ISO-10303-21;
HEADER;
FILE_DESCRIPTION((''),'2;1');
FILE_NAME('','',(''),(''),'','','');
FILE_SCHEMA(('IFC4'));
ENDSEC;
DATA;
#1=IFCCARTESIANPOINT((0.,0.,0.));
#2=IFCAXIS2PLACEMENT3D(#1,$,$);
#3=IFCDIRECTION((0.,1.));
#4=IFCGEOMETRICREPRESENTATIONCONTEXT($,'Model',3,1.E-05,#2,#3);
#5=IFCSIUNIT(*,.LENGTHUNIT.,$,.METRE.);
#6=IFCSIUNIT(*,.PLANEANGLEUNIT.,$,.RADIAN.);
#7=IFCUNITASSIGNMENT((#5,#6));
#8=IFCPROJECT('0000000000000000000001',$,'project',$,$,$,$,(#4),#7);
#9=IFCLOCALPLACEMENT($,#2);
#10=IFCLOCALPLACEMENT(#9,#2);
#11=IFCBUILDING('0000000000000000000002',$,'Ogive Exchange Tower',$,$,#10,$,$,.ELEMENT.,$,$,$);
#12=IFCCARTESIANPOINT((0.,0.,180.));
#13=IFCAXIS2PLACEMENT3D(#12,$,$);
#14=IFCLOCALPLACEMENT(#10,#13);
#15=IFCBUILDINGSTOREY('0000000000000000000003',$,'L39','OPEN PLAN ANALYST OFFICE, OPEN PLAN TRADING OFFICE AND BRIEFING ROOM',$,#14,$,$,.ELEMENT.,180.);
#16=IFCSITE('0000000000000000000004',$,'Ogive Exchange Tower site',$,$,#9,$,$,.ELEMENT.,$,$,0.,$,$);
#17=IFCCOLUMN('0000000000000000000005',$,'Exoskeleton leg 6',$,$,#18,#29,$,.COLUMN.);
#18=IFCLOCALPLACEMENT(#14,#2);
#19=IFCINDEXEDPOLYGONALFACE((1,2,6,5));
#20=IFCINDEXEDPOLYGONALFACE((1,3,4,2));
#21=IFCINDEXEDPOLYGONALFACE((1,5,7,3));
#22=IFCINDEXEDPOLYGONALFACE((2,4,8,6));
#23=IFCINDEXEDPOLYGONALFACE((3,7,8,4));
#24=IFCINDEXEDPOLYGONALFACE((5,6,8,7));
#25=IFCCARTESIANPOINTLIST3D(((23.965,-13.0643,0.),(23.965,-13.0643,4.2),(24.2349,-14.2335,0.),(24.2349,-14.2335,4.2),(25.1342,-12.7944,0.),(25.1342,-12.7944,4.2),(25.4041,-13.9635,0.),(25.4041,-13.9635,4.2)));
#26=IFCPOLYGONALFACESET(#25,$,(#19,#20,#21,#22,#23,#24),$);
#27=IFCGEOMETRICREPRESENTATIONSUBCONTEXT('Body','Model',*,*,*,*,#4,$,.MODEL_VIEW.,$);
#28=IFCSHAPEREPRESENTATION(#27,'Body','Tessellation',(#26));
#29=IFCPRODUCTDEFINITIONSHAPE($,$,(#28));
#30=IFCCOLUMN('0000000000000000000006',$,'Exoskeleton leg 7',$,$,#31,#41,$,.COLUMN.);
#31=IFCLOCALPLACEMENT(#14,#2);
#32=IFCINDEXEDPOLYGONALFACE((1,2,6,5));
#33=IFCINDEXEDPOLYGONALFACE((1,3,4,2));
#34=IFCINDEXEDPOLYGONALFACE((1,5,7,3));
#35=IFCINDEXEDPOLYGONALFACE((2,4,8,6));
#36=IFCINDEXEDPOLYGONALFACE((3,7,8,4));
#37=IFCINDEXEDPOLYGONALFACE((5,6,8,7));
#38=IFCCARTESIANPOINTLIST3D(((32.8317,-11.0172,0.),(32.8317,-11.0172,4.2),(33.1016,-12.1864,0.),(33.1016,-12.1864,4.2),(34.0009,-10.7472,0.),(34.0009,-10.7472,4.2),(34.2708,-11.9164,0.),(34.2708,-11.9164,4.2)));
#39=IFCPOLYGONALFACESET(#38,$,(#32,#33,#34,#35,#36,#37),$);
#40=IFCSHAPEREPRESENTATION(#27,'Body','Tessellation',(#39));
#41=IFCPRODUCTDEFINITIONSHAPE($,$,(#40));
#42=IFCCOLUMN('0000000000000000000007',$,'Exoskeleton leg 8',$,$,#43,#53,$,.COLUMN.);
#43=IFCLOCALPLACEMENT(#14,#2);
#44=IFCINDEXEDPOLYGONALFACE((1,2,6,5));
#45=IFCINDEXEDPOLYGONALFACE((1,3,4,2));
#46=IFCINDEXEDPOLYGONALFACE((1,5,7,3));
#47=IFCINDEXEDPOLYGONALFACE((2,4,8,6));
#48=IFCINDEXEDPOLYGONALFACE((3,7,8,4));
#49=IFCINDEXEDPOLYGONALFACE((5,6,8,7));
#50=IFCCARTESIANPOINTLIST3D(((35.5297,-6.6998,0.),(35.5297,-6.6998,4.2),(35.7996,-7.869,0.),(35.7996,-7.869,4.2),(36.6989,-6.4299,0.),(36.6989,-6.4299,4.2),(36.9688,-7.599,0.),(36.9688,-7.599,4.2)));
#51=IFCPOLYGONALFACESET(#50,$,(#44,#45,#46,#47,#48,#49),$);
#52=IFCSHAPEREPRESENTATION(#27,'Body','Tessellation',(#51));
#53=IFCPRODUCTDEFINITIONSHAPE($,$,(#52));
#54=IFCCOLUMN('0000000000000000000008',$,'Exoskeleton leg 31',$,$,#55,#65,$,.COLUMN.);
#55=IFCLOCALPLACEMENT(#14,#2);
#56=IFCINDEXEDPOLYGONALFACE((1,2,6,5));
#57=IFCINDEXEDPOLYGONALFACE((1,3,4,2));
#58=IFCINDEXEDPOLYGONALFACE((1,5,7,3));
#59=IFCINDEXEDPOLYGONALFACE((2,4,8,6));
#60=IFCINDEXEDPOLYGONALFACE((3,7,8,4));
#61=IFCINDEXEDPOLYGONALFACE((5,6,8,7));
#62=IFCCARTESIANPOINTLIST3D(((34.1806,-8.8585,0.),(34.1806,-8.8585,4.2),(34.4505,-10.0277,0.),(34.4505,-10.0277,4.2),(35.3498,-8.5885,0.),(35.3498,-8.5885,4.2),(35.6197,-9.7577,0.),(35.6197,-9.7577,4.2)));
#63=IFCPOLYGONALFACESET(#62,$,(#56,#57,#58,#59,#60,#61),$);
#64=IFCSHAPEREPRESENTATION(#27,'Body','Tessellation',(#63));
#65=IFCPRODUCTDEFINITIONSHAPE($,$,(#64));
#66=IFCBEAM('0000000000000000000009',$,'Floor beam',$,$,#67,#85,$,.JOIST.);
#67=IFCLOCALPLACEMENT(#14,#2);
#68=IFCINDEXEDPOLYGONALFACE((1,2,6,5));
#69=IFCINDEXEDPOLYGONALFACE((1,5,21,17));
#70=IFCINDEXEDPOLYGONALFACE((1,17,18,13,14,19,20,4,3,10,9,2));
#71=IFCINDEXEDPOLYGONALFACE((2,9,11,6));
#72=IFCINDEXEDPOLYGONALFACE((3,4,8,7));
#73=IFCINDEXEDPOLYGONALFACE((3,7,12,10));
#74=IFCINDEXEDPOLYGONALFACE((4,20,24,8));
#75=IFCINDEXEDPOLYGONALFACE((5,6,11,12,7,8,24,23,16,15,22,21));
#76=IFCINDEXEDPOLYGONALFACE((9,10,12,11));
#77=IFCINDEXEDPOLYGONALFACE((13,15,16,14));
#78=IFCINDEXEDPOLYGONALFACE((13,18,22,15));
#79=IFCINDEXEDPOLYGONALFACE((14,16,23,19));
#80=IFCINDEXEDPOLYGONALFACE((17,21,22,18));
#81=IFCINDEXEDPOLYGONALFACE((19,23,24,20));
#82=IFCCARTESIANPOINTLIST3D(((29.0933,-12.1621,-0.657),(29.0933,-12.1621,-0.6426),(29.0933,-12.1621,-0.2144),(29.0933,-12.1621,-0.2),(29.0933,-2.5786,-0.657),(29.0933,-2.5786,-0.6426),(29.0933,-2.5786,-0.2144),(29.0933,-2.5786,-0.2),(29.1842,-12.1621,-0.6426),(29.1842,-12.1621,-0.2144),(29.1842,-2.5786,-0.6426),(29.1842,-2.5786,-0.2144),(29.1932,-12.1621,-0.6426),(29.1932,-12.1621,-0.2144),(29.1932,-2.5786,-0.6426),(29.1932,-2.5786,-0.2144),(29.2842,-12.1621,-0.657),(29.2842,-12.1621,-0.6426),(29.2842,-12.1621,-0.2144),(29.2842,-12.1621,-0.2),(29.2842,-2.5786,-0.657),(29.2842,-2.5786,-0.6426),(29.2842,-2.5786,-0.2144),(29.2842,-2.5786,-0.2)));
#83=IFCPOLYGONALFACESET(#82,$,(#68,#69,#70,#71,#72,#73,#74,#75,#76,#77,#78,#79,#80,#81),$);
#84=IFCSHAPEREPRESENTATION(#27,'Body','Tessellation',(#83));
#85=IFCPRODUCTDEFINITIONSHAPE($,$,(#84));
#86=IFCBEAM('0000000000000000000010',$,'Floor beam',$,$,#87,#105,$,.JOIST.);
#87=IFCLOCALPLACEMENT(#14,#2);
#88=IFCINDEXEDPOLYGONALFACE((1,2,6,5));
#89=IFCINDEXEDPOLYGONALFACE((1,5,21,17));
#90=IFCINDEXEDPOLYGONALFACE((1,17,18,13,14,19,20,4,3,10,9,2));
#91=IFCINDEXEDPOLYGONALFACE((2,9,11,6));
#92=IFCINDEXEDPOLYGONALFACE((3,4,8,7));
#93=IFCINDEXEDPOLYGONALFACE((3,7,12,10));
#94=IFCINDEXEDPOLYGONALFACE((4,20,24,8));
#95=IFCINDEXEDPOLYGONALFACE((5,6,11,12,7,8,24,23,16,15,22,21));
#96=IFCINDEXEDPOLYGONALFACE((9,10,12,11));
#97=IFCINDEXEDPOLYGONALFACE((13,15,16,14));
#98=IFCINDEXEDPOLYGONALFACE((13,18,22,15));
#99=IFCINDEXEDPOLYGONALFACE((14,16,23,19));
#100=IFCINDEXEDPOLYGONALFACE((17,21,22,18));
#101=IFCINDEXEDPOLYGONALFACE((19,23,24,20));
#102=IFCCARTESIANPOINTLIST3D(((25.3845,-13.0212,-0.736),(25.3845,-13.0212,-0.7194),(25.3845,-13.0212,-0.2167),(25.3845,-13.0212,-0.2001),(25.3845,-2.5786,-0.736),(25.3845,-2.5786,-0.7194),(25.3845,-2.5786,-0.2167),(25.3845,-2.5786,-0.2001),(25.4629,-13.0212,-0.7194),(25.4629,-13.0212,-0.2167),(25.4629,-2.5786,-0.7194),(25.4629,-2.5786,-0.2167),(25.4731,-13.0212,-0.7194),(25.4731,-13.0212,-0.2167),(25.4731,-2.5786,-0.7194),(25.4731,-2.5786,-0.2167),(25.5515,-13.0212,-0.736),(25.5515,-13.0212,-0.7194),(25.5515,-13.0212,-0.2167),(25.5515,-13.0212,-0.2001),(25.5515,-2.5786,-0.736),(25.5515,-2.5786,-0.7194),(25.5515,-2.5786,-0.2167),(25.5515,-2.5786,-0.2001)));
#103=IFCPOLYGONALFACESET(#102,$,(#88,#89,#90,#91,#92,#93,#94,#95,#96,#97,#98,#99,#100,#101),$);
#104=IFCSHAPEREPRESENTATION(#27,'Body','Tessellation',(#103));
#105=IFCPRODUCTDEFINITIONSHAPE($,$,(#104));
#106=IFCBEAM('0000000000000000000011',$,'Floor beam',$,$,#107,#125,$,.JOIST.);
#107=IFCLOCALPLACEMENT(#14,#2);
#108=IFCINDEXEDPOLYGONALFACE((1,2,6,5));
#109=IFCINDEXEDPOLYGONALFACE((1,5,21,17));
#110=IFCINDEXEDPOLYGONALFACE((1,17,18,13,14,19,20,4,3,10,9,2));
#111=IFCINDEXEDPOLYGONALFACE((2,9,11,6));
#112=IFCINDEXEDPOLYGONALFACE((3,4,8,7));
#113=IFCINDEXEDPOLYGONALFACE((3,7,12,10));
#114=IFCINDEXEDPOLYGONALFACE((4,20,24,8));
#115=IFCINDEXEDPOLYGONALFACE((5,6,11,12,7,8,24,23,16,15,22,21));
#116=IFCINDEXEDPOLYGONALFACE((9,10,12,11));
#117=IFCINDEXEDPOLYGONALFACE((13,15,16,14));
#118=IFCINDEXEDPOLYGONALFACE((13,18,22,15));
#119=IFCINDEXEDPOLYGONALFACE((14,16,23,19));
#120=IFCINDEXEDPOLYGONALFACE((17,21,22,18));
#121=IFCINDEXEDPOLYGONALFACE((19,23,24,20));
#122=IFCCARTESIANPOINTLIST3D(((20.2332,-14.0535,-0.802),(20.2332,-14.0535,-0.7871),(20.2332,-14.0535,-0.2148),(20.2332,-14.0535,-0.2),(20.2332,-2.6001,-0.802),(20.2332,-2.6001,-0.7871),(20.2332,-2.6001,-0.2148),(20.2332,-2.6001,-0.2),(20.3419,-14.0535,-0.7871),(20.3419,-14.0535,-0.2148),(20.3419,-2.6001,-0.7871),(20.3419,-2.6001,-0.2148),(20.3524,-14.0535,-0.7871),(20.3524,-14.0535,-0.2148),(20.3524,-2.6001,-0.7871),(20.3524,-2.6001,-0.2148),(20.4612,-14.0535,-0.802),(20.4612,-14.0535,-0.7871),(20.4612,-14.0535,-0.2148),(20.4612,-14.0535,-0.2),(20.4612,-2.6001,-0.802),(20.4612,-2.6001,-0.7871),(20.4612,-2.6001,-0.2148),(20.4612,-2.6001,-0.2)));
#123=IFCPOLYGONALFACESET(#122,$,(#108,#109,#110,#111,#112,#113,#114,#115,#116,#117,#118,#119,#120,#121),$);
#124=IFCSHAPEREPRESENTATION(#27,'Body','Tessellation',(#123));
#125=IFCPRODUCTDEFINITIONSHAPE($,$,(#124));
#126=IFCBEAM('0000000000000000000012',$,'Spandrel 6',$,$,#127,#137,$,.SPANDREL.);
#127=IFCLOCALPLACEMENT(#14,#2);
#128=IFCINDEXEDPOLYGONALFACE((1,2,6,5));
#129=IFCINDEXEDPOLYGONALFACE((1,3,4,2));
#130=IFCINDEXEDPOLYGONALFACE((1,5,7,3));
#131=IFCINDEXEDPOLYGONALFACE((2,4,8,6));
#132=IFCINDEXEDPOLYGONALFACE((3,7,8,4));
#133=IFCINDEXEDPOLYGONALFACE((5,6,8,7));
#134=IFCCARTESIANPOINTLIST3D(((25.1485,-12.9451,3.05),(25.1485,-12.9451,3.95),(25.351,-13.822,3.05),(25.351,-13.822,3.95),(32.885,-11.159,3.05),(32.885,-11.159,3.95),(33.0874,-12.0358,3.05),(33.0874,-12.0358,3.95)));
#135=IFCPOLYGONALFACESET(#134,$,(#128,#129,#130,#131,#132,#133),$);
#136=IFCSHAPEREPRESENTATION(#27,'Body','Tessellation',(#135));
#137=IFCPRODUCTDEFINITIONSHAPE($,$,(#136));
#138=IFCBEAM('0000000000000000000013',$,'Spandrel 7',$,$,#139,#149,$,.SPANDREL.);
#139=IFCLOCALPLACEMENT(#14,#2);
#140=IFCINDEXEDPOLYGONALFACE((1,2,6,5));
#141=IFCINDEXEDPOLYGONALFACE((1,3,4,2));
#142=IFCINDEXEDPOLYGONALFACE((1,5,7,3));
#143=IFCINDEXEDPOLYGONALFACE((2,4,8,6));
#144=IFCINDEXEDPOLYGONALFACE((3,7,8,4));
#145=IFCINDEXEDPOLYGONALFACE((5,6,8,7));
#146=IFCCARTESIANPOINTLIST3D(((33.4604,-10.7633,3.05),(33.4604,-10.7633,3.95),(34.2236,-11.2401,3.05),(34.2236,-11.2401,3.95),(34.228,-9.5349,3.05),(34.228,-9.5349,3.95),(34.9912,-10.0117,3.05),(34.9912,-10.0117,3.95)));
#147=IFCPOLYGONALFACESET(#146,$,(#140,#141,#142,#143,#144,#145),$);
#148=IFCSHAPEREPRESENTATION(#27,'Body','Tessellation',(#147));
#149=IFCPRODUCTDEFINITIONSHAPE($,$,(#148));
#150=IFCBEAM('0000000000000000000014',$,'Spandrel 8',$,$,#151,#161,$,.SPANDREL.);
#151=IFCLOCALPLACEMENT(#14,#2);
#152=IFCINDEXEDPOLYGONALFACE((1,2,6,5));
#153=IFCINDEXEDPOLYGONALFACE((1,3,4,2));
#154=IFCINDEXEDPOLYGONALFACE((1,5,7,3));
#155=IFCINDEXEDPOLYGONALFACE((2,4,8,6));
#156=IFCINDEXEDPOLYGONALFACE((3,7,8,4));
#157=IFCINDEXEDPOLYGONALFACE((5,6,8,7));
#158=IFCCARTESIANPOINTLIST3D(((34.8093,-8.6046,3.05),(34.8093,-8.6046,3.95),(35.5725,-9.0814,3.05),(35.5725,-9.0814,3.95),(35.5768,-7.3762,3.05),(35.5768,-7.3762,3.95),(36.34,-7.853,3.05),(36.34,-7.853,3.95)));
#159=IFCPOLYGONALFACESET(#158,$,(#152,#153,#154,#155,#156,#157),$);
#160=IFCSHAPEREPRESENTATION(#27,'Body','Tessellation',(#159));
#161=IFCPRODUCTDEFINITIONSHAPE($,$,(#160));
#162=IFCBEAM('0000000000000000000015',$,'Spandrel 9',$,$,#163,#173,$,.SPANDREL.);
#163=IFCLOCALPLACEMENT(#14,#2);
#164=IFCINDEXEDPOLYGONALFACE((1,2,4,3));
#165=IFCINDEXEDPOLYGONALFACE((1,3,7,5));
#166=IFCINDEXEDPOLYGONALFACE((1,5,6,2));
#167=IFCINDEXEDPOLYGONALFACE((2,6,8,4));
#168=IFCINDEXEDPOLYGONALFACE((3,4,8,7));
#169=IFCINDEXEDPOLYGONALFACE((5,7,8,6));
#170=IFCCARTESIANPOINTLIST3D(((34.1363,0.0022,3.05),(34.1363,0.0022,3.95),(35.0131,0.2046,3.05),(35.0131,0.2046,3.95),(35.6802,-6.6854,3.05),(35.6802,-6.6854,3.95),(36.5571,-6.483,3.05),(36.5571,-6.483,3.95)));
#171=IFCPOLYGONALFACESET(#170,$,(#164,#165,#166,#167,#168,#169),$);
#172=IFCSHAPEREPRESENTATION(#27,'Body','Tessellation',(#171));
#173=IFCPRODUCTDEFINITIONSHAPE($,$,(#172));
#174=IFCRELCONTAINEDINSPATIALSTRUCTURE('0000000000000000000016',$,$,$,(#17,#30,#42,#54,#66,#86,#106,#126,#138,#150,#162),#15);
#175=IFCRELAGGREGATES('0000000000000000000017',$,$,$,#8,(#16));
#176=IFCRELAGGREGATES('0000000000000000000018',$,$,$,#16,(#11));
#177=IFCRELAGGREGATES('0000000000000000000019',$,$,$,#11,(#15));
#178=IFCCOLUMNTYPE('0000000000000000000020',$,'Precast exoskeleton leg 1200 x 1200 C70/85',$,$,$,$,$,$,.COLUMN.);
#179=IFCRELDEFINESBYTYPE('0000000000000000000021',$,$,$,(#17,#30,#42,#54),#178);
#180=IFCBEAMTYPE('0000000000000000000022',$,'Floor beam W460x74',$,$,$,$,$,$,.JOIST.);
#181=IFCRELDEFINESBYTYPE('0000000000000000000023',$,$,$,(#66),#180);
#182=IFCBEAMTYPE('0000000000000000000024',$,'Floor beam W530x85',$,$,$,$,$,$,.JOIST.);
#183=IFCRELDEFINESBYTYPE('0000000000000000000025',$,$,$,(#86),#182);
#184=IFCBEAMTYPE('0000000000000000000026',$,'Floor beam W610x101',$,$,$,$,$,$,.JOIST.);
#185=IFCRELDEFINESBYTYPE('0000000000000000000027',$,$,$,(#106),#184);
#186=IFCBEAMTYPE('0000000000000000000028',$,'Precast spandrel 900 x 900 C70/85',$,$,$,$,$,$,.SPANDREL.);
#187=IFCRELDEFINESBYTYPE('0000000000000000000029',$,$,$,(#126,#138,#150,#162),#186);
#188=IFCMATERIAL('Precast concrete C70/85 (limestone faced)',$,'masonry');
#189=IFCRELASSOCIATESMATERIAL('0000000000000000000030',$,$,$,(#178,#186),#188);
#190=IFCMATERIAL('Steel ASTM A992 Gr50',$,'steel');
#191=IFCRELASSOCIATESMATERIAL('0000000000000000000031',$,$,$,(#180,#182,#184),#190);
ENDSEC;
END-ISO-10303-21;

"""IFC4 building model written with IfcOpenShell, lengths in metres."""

from ifc_helpers import new_model, si_unit, direction, frame, origin, origin_2d, place, context, subcontext, project, spatial, rectangle, i_section, extrude, material, material_profile, profile_set, type_object, element, save


model = new_model("IFC4")

# Units and contexts
model_context = context("Model", 3, precision=1e-05, world=origin(), true_north=direction((0.0, 1.0)))
body_context = subcontext(model_context, "Body", "Model", "MODEL_VIEW")
ifc_project = project(units=[si_unit("LENGTHUNIT", "METRE"), si_unit("PLANEANGLEUNIT", "RADIAN")], contexts=[model_context])

# Site, building, storey
site_placement = place(None, origin())
site = spatial("IfcSite", under=ifc_project, at=site_placement, Name="Ogive Exchange Tower site", CompositionType="ELEMENT", RefElevation=0.0)
building_placement = place(site_placement, origin())
building = spatial("IfcBuilding", under=site, at=building_placement, Name="Ogive Exchange Tower", CompositionType="ELEMENT")
storey_placement = place(building_placement, frame((0.0, 0.0, 180.0)))
storey = spatial("IfcBuildingStorey", under=building, at=storey_placement, Name="L39", Description="OPEN PLAN ANALYST OFFICE, OPEN PLAN TRADING OFFICE AND BRIEFING ROOM", CompositionType="ELEMENT", Elevation=180.0)

# Columns
ifc_material_1 = material(Name="Precast concrete C70/85 (limestone faced)", Category="masonry")
ifc_material_profile_1 = material_profile(ifc_material_1, rectangle(XDim=1.2, YDim=1.2, at=origin_2d()), Name="1200 x 1200")
ifc_profile_set_1 = profile_set([ifc_material_profile_1], Name="Precast concrete C70/85 (limestone faced)")
column_type = type_object("IfcColumnType", Name="Precast exoskeleton leg 1200 x 1200 C70/85", PredefinedType="COLUMN", material=ifc_profile_set_1)
for number, where, z_axis, x_axis, name in (
    (1, (24.6846, -13.5139, 0.0), (0.0, 0.0, 1.0), (0.97437, 0.224951, 0.0), "Exoskeleton leg 6"),
    (2, (33.5513, -11.4668, 0.0), (0.0, 0.0, 1.0), (0.97437, 0.224951, 0.0), "Exoskeleton leg 7"),
    (3, (36.2493, -7.1494, 0.0), (0.0, 0.0, 1.0), (0.97437, 0.224951, 0.0), "Exoskeleton leg 8"),
    (4, (34.9001, -9.3081, 0.0), (0.0, 0.0, 1.0), (0.97437, 0.224951, 0.0), "Exoskeleton leg 31"),
):
    element("IfcColumn", number, at=place(storey_placement, frame(where, z_axis=z_axis, x_axis=x_axis)), inside=storey, type_object=column_type, Name=name, PredefinedType="COLUMN", context=body_context, shape_type="SweptSolid", body=[
        extrude(rectangle(XDim=1.2, YDim=1.2, at=origin_2d()), origin(), (0.0, 0.0, 1.0), 4.2),
    ])

# Beams
ifc_material_2 = material(Name="Steel ASTM A992 Gr50", Category="steel")
ifc_material_profile_2 = material_profile(ifc_material_2, i_section(OverallWidth=0.1909, OverallDepth=0.457, WebThickness=0.009, FlangeThickness=0.0144, at=origin_2d()), Name="W460x74")
ifc_profile_set_2 = profile_set([ifc_material_profile_2], Name="Steel ASTM A992 Gr50")
beam_type_1 = type_object("IfcBeamType", Name="Floor beam W460x74", PredefinedType="JOIST", material=ifc_profile_set_2)
beam_1_placement = place(storey_placement, frame((29.1887, -12.1621, -0.4285), z_axis=(0.0, 1.0, 0.0), x_axis=(-1.0, 0.0, 0.0)))
element("IfcBeam", 5, at=beam_1_placement, inside=storey, type_object=beam_type_1, Name="Floor beam", PredefinedType="JOIST", context=body_context, shape_type="SweptSolid", body=[
    extrude(i_section(OverallWidth=0.1909, OverallDepth=0.457, WebThickness=0.009, FlangeThickness=0.0144, at=origin_2d()), origin(), (0.0, 0.0, 1.0), 9.5835),
])
ifc_material_profile_3 = material_profile(ifc_material_2, i_section(OverallWidth=0.167, OverallDepth=0.5359, WebThickness=0.0103, FlangeThickness=0.0166, at=origin_2d()), Name="W530x85")
ifc_profile_set_3 = profile_set([ifc_material_profile_3], Name="Steel ASTM A992 Gr50")
beam_type_2 = type_object("IfcBeamType", Name="Floor beam W530x85", PredefinedType="JOIST", material=ifc_profile_set_3)
beam_2_placement = place(storey_placement, frame((25.468, -13.0212, -0.468), z_axis=(0.0, 1.0, 0.0), x_axis=(-1.0, 0.0, 0.0)))
element("IfcBeam", 6, at=beam_2_placement, inside=storey, type_object=beam_type_2, Name="Floor beam", PredefinedType="JOIST", context=body_context, shape_type="SweptSolid", body=[
    extrude(i_section(OverallWidth=0.167, OverallDepth=0.5359, WebThickness=0.0103, FlangeThickness=0.0166, at=origin_2d()), origin(), (0.0, 0.0, 1.0), 10.4426),
])
ifc_material_profile_4 = material_profile(ifc_material_2, i_section(OverallWidth=0.228, OverallDepth=0.6021, WebThickness=0.0105, FlangeThickness=0.0149, at=origin_2d()), Name="W610x101")
ifc_profile_set_4 = profile_set([ifc_material_profile_4], Name="Steel ASTM A992 Gr50")
beam_type_3 = type_object("IfcBeamType", Name="Floor beam W610x101", PredefinedType="JOIST", material=ifc_profile_set_4)
beam_3_placement = place(storey_placement, frame((20.3472, -14.0535, -0.501), z_axis=(0.0, 1.0, 0.0), x_axis=(-1.0, 0.0, 0.0)))
element("IfcBeam", 7, at=beam_3_placement, inside=storey, type_object=beam_type_3, Name="Floor beam", PredefinedType="JOIST", context=body_context, shape_type="SweptSolid", body=[
    extrude(i_section(OverallWidth=0.228, OverallDepth=0.6021, WebThickness=0.0105, FlangeThickness=0.0149, at=origin_2d()), origin(), (0.0, 0.0, 1.0), 11.4534),
])
ifc_material_profile_5 = material_profile(ifc_material_1, rectangle(XDim=0.8999, YDim=0.8999, at=origin_2d()), Name="900 x 900")
ifc_profile_set_5 = profile_set([ifc_material_profile_5], Name="Precast concrete C70/85 (limestone faced)")
beam_type_4 = type_object("IfcBeamType", Name="Precast spandrel 900 x 900 C70/85", PredefinedType="SPANDREL", material=ifc_profile_set_5)
beam_4_placement = place(storey_placement, frame((25.2498, -13.3835, 3.5), z_axis=(0.974368, 0.224958, 0.0), x_axis=(-0.224958, 0.974368, 0.0)))
element("IfcBeam", 8, at=beam_4_placement, inside=storey, type_object=beam_type_4, Name="Spandrel 6", PredefinedType="SPANDREL", context=body_context, shape_type="SweptSolid", body=[
    extrude(rectangle(XDim=0.8999, YDim=0.8999, at=origin_2d()), origin(), (0.0, 0.0, 1.0), 7.9399),
])
for number, where, z_axis, x_axis, name in (
    (9, (33.842, -11.0017, 3.5), (0.529878, 0.848074, 0.0), (-0.848074, 0.529878, 0.0), "Spandrel 7"),
    (10, (35.1909, -8.843, 3.5), (0.529878, 0.848074, 0.0), (-0.848074, 0.529878, 0.0), "Spandrel 8"),
):
    element("IfcBeam", number, at=place(storey_placement, frame(where, z_axis=z_axis, x_axis=x_axis)), inside=storey, type_object=beam_type_4, Name=name, PredefinedType="SPANDREL", context=body_context, shape_type="SweptSolid", body=[
        extrude(rectangle(XDim=0.8999, YDim=0.8999, at=origin_2d()), origin(), (0.0, 0.0, 1.0), 1.4485),
    ])
beam_5_placement = place(storey_placement, frame((36.1187, -6.5842, 3.5), z_axis=(-0.224953, 0.97437, 0.0), x_axis=(-0.97437, -0.224953, 0.0)))
element("IfcBeam", 11, at=beam_5_placement, inside=storey, type_object=beam_type_4, Name="Spandrel 9", PredefinedType="SPANDREL", context=body_context, shape_type="SweptSolid", body=[
    extrude(rectangle(XDim=0.8999, YDim=0.8999, at=origin_2d()), origin(), (0.0, 0.0, 1.0), 6.8635),
])

save(model, "model.ifc")
